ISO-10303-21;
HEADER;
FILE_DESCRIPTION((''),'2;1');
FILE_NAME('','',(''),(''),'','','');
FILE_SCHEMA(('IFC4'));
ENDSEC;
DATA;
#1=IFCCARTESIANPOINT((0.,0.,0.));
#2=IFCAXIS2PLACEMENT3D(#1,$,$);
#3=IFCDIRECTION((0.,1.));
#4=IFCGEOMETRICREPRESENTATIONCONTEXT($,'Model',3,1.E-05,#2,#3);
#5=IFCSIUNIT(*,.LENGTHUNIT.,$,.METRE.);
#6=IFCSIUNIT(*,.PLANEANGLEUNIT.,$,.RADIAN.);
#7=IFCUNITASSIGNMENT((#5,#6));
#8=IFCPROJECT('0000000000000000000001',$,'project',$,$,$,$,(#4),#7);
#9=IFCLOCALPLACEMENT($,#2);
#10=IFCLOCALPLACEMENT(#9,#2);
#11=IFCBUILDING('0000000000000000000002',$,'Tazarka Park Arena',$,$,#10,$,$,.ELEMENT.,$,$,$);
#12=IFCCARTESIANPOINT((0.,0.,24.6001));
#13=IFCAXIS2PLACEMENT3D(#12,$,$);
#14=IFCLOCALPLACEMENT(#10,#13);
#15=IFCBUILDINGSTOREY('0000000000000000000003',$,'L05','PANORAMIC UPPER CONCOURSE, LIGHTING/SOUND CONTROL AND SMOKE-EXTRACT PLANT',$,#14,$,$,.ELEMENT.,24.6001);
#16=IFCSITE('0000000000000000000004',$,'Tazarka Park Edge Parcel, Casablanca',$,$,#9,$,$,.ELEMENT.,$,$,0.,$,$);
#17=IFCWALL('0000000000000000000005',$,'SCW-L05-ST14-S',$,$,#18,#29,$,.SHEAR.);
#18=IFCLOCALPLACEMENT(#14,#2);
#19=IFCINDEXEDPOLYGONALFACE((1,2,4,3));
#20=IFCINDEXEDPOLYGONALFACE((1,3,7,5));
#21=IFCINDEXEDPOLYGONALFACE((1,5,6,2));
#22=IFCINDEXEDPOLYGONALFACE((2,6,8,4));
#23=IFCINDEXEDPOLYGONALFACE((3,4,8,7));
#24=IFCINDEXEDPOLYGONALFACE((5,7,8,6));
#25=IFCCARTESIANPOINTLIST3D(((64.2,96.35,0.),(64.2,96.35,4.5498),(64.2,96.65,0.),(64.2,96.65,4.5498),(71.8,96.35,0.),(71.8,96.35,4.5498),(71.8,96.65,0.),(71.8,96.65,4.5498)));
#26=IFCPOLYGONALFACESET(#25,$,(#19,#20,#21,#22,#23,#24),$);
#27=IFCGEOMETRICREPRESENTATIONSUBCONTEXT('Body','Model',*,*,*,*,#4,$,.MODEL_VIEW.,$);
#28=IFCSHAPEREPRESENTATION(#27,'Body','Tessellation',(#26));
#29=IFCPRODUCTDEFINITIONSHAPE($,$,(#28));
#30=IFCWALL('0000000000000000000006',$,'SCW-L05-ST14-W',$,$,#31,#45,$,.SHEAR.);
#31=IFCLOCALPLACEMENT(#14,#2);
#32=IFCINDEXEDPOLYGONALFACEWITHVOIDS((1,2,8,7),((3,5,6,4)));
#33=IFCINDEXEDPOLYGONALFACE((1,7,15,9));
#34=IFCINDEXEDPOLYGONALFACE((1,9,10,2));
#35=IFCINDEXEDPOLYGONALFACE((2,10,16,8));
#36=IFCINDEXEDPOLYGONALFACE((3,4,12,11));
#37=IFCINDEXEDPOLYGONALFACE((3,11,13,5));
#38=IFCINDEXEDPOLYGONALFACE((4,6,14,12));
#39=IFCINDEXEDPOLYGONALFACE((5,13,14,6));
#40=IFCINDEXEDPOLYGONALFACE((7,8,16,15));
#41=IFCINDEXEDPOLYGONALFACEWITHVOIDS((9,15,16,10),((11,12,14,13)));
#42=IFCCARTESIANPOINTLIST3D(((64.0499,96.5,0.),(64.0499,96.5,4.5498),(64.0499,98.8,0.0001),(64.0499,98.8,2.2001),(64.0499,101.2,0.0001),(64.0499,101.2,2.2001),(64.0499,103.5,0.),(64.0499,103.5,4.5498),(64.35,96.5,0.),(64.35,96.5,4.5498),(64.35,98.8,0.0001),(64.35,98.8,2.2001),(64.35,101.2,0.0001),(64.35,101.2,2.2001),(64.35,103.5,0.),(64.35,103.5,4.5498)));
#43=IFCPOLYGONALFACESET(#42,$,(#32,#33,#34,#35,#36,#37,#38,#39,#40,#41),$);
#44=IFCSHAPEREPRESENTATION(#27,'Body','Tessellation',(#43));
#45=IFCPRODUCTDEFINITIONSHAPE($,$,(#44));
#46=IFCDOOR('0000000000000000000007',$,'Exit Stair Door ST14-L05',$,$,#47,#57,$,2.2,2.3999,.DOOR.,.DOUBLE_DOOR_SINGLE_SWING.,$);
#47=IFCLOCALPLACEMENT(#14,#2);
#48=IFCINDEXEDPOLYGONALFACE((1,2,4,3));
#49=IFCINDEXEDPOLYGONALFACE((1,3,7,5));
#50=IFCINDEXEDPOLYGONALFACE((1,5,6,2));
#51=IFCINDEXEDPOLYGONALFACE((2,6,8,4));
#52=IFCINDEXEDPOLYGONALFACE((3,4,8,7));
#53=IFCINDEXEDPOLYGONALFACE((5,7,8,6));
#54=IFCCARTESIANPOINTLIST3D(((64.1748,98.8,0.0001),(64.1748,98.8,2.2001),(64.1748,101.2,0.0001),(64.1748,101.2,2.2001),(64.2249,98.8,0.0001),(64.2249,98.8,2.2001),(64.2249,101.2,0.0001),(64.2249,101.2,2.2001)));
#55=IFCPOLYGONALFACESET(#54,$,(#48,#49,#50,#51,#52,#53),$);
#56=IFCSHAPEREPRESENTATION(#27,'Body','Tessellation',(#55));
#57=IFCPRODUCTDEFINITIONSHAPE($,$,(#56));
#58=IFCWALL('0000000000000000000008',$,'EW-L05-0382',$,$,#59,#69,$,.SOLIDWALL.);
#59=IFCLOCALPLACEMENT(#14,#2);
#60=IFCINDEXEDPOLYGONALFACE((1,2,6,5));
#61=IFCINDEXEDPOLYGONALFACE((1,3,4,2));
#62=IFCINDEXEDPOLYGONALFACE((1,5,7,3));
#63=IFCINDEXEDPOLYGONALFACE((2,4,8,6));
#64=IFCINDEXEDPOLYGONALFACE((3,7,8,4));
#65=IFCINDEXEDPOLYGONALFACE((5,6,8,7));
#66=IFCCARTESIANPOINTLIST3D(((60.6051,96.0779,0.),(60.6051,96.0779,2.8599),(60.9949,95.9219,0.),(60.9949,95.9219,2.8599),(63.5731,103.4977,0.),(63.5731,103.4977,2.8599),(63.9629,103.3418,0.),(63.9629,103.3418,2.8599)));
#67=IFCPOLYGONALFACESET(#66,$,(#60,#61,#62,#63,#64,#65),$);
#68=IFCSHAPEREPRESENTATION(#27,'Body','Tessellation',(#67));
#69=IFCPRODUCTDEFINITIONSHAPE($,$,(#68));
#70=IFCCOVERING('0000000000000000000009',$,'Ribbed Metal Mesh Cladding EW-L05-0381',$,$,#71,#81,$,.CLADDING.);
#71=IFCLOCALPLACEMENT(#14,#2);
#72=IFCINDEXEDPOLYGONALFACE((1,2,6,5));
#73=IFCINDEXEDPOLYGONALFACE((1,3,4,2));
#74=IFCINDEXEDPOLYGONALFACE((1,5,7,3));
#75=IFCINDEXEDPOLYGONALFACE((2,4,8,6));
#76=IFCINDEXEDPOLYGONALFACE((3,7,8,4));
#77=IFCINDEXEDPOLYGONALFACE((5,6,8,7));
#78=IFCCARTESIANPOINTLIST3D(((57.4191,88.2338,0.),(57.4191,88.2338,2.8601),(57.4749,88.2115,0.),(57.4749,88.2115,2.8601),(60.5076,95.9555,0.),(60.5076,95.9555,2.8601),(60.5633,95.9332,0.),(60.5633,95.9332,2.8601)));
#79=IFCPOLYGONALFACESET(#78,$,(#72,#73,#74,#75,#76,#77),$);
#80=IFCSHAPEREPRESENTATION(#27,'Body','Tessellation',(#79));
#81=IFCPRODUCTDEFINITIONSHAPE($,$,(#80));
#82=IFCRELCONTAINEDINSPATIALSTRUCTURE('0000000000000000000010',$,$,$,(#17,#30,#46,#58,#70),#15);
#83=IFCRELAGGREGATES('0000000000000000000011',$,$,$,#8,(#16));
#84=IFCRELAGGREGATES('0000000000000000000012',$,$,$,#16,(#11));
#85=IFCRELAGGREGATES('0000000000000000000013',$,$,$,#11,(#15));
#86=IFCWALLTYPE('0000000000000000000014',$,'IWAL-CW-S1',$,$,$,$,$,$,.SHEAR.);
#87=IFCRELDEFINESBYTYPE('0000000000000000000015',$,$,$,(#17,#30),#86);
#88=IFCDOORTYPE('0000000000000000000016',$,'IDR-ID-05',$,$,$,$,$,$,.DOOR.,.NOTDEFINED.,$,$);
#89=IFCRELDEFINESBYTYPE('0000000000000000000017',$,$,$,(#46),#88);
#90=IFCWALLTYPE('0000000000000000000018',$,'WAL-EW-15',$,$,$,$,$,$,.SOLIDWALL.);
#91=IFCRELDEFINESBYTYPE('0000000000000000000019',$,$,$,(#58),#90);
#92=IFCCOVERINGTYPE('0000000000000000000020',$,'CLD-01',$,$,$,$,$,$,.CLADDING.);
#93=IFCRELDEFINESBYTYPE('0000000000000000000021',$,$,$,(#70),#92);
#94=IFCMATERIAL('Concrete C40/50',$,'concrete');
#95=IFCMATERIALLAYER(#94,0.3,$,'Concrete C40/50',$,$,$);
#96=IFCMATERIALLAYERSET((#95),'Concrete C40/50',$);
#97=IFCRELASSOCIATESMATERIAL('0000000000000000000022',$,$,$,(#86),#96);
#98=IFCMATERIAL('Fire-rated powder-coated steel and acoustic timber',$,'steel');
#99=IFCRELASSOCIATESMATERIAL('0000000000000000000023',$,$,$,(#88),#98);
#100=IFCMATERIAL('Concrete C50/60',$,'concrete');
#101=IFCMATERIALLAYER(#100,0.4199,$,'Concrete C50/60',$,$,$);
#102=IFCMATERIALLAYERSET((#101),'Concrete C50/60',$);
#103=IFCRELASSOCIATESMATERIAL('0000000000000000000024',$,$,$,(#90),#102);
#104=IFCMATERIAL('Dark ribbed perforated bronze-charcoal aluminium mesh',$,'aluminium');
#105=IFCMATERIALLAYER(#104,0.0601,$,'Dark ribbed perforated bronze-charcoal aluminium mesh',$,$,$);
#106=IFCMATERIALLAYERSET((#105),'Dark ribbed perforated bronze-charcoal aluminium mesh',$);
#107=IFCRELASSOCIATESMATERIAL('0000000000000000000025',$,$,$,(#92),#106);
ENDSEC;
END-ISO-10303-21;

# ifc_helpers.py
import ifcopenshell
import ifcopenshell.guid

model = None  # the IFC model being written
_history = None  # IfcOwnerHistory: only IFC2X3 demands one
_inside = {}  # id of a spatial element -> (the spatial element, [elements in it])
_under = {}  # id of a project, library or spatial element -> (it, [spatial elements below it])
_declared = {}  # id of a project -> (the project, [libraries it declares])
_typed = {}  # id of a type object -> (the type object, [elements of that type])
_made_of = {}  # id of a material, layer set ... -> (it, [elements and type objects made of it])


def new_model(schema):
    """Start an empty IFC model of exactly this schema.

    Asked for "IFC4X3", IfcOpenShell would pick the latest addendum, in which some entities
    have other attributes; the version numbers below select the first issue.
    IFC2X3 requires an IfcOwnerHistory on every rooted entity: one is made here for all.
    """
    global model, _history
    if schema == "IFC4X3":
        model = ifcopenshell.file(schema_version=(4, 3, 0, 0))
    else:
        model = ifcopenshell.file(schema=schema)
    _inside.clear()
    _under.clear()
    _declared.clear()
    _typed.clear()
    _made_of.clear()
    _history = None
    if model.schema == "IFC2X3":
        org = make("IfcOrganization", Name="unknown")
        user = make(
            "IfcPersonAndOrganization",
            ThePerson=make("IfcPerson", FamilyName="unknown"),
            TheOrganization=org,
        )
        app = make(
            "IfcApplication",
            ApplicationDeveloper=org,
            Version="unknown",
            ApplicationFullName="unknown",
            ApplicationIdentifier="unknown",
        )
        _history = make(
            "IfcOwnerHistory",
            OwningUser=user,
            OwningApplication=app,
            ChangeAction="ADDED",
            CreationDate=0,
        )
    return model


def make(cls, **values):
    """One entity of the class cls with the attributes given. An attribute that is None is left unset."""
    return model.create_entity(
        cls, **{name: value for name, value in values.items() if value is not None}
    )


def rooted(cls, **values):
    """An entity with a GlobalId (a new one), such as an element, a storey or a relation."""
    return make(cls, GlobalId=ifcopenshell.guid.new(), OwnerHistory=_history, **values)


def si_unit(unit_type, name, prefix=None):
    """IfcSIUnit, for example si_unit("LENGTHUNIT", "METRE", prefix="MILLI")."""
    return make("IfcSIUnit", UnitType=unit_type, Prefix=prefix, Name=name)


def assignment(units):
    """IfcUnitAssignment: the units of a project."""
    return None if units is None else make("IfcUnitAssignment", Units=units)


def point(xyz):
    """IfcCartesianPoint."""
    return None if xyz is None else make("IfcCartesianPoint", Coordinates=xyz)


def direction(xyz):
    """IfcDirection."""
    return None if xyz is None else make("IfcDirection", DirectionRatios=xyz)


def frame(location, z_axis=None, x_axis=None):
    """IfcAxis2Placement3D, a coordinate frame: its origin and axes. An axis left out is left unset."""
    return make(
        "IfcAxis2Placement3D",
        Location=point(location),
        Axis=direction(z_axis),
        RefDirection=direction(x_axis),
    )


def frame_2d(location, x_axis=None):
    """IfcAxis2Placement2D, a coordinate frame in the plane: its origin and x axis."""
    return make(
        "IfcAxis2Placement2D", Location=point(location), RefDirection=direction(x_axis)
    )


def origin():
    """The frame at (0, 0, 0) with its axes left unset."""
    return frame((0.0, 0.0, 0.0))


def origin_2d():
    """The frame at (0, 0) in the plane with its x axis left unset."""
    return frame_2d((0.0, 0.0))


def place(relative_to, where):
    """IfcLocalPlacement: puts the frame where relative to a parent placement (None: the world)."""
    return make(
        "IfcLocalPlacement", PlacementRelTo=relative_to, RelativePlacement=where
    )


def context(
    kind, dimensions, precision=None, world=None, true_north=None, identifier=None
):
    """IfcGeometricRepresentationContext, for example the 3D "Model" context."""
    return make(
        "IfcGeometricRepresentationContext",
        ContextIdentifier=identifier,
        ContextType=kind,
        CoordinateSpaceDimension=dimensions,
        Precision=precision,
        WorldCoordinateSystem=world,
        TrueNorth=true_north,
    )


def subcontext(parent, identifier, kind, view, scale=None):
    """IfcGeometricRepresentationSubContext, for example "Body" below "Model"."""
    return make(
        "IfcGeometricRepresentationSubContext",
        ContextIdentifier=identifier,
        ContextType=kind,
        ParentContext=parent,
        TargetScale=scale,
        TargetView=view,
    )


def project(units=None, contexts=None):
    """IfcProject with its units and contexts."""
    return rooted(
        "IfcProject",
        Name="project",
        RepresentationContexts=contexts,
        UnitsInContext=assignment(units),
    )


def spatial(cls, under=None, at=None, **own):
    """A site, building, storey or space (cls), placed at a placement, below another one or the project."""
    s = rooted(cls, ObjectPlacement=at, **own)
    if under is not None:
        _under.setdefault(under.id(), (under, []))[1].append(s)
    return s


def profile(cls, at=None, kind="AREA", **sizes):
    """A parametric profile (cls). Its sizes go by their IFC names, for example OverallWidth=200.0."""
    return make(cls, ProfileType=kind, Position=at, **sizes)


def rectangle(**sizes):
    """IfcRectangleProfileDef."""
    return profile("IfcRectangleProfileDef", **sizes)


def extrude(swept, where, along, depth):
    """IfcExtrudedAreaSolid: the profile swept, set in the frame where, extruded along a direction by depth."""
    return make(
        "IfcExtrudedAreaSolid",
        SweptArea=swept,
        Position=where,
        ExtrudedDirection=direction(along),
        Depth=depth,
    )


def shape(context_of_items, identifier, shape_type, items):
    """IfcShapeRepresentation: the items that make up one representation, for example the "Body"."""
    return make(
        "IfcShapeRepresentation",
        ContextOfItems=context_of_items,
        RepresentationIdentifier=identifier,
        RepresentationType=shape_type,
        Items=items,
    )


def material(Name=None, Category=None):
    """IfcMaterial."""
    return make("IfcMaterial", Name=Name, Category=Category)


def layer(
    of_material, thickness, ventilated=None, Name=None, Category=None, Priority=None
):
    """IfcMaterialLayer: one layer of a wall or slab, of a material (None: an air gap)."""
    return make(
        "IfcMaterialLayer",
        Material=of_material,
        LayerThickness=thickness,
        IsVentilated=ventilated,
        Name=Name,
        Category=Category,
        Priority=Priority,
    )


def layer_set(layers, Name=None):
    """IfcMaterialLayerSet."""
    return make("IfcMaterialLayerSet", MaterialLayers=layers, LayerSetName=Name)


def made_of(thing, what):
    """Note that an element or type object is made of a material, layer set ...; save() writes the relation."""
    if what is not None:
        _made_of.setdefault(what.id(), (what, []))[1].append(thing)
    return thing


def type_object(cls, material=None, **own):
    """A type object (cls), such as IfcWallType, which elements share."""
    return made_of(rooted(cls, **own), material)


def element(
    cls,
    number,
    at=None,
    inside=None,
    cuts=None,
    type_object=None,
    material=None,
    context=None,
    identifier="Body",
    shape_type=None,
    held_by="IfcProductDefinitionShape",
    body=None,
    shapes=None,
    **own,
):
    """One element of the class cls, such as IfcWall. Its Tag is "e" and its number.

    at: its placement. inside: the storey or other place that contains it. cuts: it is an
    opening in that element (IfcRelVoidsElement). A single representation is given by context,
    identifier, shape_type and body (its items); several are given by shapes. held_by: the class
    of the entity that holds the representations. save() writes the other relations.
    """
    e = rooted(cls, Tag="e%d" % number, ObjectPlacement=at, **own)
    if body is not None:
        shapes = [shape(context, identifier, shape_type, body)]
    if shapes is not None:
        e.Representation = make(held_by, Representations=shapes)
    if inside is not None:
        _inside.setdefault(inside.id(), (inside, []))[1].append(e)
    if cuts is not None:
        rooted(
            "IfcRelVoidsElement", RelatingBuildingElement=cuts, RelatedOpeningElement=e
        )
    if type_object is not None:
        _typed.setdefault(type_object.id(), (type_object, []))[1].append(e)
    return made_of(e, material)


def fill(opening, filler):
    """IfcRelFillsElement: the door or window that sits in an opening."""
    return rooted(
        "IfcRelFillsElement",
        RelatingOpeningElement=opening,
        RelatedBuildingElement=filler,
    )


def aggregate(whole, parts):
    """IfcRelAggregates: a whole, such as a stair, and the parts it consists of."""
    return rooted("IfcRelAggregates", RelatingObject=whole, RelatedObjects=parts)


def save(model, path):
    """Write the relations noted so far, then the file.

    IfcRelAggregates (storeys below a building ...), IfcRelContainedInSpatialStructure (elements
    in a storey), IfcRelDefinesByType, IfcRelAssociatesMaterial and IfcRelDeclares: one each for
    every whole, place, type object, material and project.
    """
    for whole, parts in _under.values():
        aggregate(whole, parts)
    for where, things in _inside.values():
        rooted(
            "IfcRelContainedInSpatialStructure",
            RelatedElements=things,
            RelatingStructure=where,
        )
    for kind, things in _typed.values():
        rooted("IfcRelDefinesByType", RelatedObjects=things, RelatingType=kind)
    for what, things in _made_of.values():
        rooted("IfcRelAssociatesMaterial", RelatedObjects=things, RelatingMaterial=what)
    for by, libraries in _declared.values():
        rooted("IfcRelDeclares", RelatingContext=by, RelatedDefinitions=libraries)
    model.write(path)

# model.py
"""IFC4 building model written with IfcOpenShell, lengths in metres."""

from ifc_helpers import new_model, si_unit, direction, frame, frame_2d, origin, origin_2d, place, context, subcontext, project, spatial, rectangle, extrude, material, layer, layer_set, type_object, element, fill, save


model = new_model("IFC4")

# Units and contexts
model_context = context("Model", 3, precision=1e-05, world=origin(), true_north=direction((0.0, 1.0)))
body_context = subcontext(model_context, "Body", "Model", "MODEL_VIEW")
ifc_project = project(units=[si_unit("LENGTHUNIT", "METRE"), si_unit("PLANEANGLEUNIT", "RADIAN")], contexts=[model_context])

# Site, building, storey
site_placement = place(None, origin())
site = spatial("IfcSite", under=ifc_project, at=site_placement, Name="Tazarka Park Edge Parcel, Casablanca", CompositionType="ELEMENT", RefElevation=0.0)
building_placement = place(site_placement, origin())
building = spatial("IfcBuilding", under=site, at=building_placement, Name="Tazarka Park Arena", CompositionType="ELEMENT")
storey_placement = place(building_placement, frame((0.0, 0.0, 24.6001)))
storey = spatial("IfcBuildingStorey", under=building, at=storey_placement, Name="L05", Description="PANORAMIC UPPER CONCOURSE, LIGHTING/SOUND CONTROL AND SMOKE-EXTRACT PLANT", CompositionType="ELEMENT", Elevation=24.6001)

# Wall
ifc_material_1 = material(Name="Concrete C40/50", Category="concrete")
ifc_layer_1 = layer(ifc_material_1, 0.3, Name="Concrete C40/50")
ifc_layer_set_1 = layer_set([ifc_layer_1], Name="Concrete C40/50")
wall_type_1 = type_object("IfcWallType", Name="IWAL-CW-S1", PredefinedType="SHEAR", material=ifc_layer_set_1)
wall_1_placement = place(storey_placement, frame((71.8, 96.5, 0.0), z_axis=(0.0, 0.0, 1.0), x_axis=(-1.0, 0.0, 0.0)))
element("IfcWall", 1, at=wall_1_placement, inside=storey, type_object=wall_type_1, Name="SCW-L05-ST14-S", PredefinedType="SHEAR", context=body_context, shape_type="SweptSolid", body=[
    extrude(rectangle(XDim=7.6001, YDim=0.3, at=frame_2d((3.8, 0.0))), origin(), (0.0, 0.0, 1.0), 4.5498),
])

# Wall, opening, door
wall_2_placement = place(storey_placement, frame((64.2, 96.5, 0.0), z_axis=(0.0, 0.0, 1.0), x_axis=(0.0, 1.0, 0.0)))
wall_2 = element("IfcWall", 2, at=wall_2_placement, inside=storey, type_object=wall_type_1, Name="SCW-L05-ST14-W", PredefinedType="SHEAR", context=body_context, shape_type="SweptSolid", body=[
    extrude(rectangle(XDim=7.0, YDim=0.3, at=frame_2d((3.5, 0.0))), origin(), (0.0, 0.0, 1.0), 4.5498),
])
opening_1_placement = place(wall_2_placement, frame((2.3, 0.0, 0.0)))
opening_1 = element("IfcOpeningElement", 3, at=opening_1_placement, cuts=wall_2, PredefinedType="OPENING", context=body_context, shape_type="SweptSolid", body=[
    extrude(rectangle(XDim=2.3999, YDim=2.2, at=frame_2d((1.2, 1.1001))), frame((0.0, 0.1602, 0.0), z_axis=(0.0, -1.0, 0.0), x_axis=(1.0, 0.0, 0.0)), (0.0, 0.0, 1.0), 0.3201),
])
ifc_material_2 = material(Name="Fire-rated powder-coated steel and acoustic timber", Category="steel")
door_type_1 = type_object("IfcDoorType", Name="IDR-ID-05", OperationType="NOTDEFINED", PredefinedType="DOOR", material=ifc_material_2)
door_1_placement = place(opening_1_placement, frame((2.3999, 0.0, 0.0), z_axis=(0.0, 0.0, 1.0), x_axis=(-1.0, 0.0, 0.0)))
door_1 = element("IfcDoor", 4, at=door_1_placement, inside=storey, type_object=door_type_1, Name="Exit Stair Door ST14-L05", OperationType="DOUBLE_DOOR_SINGLE_SWING", OverallHeight=2.2, OverallWidth=2.3999, PredefinedType="DOOR", context=body_context, shape_type="SweptSolid", body=[
    extrude(rectangle(XDim=2.3999, YDim=2.2, at=frame_2d((1.2, 1.1001))), frame((0.0, 0.0249, 0.0), z_axis=(0.0, -1.0, 0.0), x_axis=(1.0, 0.0, 0.0)), (0.0, 0.0, 1.0), 0.05),
])
fill(opening_1, door_1)

# Wall
ifc_material_3 = material(Name="Concrete C50/60", Category="concrete")
ifc_layer_2 = layer(ifc_material_3, 0.4199, Name="Concrete C50/60")
ifc_layer_set_2 = layer_set([ifc_layer_2], Name="Concrete C50/60")
wall_type_2 = type_object("IfcWallType", Name="WAL-EW-15", PredefinedType="SOLIDWALL", material=ifc_layer_set_2)
wall_3_placement = place(storey_placement, frame((60.8, 96.0, 0.0), z_axis=(0.0, 0.0, 1.0), x_axis=(0.371396, 0.928475, 0.0)))
element("IfcWall", 5, at=wall_3_placement, inside=storey, type_object=wall_type_2, Name="EW-L05-0382", PredefinedType="SOLIDWALL", context=body_context, shape_type="SweptSolid", body=[
    extrude(rectangle(XDim=7.9915, YDim=0.4199, at=frame_2d((3.9956, 0.0))), origin(), (0.0, 0.0, 1.0), 2.8599),
])

# Covering
ifc_material_4 = material(Name="Dark ribbed perforated bronze-charcoal aluminium mesh", Category="aluminium")
ifc_layer_3 = layer(ifc_material_4, 0.0601, Name="Dark ribbed perforated bronze-charcoal aluminium mesh")
ifc_layer_set_3 = layer_set([ifc_layer_3], Name="Dark ribbed perforated bronze-charcoal aluminium mesh")
covering_type = type_object("IfcCoveringType", Name="CLD-01", PredefinedType="CLADDING", material=ifc_layer_set_3)
covering_placement = place(storey_placement, frame((58.9912, 92.0835, 0.0), z_axis=(0.0, 0.0, 1.0), x_axis=(0.371368, 0.928486, 0.0)))
element("IfcCovering", 6, at=covering_placement, inside=storey, type_object=covering_type, Name="Ribbed Metal Mesh Cladding EW-L05-0381", PredefinedType="CLADDING", context=body_context, shape_type="SweptSolid", body=[
    extrude(rectangle(XDim=8.3164, YDim=0.0601, at=origin_2d()), origin(), (0.0, 0.0, 1.0), 2.8601),
])

save(model, "model.ifc")
